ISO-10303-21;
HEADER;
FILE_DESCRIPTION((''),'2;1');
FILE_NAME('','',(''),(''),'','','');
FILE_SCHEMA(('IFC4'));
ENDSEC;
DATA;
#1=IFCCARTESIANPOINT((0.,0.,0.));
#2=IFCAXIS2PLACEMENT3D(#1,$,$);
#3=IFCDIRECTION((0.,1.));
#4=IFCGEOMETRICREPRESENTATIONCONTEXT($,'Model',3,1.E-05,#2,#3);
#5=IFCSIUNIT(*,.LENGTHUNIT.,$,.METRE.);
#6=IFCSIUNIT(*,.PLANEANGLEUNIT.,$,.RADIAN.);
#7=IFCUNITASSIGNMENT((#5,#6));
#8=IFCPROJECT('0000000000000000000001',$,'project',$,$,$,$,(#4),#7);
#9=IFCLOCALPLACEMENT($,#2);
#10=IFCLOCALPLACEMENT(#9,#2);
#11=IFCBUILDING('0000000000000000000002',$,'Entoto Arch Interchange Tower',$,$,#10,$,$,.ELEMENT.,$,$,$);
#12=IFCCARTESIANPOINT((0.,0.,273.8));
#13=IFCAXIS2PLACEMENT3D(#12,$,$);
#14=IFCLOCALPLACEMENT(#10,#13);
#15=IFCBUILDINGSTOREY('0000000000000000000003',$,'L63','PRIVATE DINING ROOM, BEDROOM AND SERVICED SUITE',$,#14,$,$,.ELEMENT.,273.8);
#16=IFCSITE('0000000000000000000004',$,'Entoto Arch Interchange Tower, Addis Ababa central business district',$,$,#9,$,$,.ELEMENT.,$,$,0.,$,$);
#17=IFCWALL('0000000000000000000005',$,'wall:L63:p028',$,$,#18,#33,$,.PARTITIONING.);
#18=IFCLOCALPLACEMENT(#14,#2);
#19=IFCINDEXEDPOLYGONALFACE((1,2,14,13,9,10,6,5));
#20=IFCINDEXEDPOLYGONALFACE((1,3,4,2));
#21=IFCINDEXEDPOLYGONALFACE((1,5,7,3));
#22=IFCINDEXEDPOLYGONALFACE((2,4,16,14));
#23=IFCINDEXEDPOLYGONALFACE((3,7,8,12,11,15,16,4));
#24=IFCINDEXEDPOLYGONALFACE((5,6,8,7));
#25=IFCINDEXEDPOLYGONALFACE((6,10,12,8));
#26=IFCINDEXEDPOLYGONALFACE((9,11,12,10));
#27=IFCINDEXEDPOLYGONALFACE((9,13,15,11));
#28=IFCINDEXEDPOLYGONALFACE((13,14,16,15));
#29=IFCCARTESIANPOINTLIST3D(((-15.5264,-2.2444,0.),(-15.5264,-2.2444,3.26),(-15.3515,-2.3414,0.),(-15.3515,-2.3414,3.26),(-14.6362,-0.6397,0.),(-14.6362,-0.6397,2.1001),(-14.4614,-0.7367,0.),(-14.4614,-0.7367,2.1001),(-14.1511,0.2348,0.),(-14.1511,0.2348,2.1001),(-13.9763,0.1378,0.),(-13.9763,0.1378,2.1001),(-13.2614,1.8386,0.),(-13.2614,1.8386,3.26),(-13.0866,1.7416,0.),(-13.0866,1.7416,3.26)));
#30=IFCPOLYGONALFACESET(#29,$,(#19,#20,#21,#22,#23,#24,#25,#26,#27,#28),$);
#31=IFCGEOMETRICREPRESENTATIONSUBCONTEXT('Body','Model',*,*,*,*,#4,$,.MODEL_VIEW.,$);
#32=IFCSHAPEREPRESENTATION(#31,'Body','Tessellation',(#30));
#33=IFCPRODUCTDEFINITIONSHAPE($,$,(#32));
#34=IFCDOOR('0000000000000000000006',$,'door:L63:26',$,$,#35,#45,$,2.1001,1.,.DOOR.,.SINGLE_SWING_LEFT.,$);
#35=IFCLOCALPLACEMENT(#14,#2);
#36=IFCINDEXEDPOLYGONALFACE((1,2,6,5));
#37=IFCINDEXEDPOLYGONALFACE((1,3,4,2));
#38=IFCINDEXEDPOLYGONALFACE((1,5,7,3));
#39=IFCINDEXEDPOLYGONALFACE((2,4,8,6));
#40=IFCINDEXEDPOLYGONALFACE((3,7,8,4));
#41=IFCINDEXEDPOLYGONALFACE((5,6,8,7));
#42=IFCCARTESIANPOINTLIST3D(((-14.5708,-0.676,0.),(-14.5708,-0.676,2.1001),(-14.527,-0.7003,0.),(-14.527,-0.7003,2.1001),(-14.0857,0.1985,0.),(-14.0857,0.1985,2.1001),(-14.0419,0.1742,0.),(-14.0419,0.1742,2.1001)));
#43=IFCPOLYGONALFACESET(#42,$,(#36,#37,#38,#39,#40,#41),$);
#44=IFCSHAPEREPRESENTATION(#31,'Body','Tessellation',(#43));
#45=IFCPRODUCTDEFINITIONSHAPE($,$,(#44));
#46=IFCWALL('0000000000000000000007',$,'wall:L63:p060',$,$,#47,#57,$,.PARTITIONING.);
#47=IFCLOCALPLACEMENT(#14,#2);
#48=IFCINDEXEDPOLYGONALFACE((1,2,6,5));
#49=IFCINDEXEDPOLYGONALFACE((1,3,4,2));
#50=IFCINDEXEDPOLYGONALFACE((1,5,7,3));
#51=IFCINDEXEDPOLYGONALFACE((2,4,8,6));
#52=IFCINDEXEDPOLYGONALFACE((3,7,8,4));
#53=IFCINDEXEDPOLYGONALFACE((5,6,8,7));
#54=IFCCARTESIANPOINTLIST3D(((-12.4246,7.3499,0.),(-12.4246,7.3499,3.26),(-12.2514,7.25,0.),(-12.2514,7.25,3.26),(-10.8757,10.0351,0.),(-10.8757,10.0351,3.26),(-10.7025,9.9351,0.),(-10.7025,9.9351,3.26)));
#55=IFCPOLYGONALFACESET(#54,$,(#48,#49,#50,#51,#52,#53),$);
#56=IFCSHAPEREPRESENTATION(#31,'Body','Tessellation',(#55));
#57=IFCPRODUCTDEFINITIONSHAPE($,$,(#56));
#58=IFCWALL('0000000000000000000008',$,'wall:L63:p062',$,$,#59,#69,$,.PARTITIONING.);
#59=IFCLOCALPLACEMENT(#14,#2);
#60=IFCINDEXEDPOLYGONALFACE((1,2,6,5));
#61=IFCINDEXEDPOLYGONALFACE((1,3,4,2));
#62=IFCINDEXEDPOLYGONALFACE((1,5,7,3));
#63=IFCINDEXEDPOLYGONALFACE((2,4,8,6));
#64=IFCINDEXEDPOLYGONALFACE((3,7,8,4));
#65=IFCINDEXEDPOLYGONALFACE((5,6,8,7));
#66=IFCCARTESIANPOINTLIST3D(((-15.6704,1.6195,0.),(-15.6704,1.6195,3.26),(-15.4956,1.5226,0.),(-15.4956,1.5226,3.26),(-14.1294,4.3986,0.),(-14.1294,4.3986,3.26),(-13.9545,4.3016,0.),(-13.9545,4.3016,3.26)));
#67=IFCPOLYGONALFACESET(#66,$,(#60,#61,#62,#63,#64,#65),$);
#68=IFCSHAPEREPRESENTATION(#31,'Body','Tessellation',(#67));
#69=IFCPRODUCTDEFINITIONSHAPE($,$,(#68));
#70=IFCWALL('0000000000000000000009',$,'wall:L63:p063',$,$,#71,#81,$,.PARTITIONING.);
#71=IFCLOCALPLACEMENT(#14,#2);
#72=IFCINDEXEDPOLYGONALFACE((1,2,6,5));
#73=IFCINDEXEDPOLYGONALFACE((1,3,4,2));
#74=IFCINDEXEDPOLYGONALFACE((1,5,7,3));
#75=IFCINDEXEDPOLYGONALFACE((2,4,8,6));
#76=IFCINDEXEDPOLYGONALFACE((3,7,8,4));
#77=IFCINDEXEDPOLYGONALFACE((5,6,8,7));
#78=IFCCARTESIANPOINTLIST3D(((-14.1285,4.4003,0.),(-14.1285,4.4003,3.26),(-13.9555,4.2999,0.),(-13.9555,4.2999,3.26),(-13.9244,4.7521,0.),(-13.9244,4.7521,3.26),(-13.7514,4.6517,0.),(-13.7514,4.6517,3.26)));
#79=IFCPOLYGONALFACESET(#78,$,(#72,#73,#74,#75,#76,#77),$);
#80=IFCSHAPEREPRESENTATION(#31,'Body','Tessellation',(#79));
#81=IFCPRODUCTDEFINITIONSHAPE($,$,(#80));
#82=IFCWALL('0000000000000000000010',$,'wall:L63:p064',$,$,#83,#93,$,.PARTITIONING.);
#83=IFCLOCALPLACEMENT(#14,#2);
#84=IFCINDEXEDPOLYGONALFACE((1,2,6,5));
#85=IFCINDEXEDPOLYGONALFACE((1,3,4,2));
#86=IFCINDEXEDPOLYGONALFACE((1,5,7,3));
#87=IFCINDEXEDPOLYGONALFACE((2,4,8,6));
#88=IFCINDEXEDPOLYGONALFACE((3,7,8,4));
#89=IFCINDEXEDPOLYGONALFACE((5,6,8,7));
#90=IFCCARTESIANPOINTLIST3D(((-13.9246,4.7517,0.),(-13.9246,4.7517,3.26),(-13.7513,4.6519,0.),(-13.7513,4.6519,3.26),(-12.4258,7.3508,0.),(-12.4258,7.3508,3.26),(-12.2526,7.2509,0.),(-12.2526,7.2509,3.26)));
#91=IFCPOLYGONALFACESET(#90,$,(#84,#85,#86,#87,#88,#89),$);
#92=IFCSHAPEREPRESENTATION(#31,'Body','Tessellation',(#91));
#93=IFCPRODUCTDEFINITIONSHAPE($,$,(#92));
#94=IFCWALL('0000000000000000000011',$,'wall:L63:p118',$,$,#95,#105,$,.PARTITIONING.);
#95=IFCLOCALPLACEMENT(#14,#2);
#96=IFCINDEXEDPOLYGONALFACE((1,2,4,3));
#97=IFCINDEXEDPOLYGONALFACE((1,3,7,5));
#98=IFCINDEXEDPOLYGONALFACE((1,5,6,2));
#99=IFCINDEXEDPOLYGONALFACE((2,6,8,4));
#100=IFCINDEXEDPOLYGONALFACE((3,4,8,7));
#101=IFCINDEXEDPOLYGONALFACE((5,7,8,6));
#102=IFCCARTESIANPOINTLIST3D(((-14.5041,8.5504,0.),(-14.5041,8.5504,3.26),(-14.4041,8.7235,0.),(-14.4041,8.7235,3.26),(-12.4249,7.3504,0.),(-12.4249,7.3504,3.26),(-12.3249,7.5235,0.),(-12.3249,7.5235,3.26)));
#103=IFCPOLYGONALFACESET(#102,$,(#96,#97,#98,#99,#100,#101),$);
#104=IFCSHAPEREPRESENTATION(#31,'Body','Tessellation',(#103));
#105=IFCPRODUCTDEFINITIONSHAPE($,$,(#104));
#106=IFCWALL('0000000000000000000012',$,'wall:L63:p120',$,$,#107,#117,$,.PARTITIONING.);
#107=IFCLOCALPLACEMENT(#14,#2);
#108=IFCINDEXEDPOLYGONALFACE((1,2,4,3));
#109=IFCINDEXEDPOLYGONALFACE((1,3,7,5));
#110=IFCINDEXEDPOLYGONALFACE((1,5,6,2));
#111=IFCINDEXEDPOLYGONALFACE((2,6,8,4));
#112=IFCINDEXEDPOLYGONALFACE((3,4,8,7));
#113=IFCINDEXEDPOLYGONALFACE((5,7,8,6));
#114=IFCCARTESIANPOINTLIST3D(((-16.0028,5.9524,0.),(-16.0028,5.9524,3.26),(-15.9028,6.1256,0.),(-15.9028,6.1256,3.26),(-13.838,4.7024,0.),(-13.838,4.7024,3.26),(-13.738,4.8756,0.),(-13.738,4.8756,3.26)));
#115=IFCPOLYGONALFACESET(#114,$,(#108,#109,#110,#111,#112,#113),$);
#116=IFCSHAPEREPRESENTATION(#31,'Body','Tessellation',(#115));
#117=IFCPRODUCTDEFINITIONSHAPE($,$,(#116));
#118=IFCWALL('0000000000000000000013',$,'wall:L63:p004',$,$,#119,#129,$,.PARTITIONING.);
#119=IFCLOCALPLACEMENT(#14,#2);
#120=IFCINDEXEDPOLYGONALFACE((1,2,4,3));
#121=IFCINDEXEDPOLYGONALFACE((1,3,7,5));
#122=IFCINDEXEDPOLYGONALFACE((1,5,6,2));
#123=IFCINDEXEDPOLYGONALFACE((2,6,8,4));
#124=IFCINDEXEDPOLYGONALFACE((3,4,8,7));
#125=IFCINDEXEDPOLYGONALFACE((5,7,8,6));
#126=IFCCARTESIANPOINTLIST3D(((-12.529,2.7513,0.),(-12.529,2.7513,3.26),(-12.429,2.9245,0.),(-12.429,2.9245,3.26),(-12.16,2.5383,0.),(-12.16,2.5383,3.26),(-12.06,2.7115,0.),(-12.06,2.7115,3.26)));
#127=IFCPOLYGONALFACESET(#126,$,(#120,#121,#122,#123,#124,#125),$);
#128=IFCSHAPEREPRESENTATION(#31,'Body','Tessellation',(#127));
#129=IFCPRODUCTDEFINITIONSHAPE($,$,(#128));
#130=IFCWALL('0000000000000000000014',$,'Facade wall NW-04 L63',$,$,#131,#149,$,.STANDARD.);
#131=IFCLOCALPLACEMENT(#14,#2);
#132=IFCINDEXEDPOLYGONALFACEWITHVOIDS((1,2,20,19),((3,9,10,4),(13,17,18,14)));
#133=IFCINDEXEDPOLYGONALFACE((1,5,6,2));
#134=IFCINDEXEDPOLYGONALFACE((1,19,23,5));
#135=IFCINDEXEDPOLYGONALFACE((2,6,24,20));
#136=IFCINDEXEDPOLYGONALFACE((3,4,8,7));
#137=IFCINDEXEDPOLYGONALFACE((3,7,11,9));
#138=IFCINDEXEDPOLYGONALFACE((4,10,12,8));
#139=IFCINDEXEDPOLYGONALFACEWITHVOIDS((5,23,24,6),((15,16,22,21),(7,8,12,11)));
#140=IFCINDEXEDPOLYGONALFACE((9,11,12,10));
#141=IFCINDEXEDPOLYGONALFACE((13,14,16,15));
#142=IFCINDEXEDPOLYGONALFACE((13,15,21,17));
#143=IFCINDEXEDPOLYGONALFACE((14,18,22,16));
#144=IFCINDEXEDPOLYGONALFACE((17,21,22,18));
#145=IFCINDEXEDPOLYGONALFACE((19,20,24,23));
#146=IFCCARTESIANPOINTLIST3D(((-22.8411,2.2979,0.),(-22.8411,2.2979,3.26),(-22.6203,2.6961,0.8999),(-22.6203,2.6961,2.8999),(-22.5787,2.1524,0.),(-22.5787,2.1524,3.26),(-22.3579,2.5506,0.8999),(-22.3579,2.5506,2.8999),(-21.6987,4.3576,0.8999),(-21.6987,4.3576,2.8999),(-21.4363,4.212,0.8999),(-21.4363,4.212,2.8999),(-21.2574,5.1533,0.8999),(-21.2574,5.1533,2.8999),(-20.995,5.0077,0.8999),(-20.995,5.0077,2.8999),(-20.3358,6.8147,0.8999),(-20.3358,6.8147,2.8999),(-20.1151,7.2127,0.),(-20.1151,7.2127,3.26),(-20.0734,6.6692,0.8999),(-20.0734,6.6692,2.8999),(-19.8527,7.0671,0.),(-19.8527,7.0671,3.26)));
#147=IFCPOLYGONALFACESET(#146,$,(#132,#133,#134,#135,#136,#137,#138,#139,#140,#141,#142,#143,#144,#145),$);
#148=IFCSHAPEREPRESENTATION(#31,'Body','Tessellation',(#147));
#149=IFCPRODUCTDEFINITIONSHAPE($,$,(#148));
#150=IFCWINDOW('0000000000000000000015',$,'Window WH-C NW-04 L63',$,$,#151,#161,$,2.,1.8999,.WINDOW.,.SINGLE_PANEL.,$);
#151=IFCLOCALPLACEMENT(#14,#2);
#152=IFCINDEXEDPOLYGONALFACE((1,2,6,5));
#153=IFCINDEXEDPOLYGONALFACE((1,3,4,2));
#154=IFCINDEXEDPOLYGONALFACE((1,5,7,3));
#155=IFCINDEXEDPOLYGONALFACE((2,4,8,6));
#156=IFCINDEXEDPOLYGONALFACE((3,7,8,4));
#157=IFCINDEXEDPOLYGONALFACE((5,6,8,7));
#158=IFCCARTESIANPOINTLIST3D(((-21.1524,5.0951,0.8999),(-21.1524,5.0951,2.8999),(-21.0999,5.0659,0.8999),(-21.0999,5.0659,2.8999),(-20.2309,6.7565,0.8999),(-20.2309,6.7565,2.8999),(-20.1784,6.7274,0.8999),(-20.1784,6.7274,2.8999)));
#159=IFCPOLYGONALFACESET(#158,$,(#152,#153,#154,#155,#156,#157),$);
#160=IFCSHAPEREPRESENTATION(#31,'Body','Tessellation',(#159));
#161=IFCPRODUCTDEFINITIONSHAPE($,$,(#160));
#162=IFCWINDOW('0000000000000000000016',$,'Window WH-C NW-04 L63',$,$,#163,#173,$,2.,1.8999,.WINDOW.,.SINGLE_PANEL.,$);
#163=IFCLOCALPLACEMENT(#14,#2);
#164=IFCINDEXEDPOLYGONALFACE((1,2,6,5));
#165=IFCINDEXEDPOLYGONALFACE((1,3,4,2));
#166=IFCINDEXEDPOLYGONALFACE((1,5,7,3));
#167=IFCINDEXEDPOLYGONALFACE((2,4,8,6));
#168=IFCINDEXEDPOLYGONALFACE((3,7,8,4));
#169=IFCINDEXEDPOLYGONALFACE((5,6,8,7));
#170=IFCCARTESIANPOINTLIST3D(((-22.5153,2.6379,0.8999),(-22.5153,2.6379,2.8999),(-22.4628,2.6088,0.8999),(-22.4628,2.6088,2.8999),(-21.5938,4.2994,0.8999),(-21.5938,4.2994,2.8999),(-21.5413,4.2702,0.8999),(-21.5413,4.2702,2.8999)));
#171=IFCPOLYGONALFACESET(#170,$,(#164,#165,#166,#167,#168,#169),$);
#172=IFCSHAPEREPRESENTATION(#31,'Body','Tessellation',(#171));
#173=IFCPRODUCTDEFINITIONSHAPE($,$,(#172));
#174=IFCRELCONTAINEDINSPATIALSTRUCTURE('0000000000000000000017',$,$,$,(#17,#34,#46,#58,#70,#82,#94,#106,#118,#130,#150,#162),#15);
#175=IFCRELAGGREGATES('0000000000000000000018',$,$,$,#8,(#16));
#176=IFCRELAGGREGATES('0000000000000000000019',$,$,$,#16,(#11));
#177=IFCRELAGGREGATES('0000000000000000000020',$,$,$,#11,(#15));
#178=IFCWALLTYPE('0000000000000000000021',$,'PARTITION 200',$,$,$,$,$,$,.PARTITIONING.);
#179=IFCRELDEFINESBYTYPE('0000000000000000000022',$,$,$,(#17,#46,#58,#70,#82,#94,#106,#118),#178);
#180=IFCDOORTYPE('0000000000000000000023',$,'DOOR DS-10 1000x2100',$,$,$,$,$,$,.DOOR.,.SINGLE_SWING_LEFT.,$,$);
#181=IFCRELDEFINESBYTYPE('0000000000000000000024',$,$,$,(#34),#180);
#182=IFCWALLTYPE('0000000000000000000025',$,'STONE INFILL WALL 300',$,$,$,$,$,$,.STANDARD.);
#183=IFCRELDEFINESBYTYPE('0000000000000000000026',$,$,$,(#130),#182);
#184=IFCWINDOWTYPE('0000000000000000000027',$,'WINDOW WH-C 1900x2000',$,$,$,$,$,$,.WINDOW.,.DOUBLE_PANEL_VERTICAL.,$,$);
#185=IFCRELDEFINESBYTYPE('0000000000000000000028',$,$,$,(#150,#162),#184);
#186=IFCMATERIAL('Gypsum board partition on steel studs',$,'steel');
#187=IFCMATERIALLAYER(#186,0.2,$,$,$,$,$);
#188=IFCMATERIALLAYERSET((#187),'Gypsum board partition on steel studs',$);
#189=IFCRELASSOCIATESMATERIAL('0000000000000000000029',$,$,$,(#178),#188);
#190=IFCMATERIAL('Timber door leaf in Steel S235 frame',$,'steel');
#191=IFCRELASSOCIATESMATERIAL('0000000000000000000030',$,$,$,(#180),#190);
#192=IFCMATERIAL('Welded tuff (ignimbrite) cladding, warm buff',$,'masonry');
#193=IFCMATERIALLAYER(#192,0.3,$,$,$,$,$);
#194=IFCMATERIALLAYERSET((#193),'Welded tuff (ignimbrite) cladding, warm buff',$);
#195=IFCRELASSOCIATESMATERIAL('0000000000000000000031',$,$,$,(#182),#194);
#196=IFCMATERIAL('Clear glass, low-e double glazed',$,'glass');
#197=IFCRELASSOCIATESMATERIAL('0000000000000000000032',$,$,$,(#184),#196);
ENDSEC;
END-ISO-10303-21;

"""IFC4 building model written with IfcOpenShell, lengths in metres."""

from ifc_helpers import new_model, si_unit, direction, frame, frame_2d, origin, place, context, subcontext, project, spatial, rectangle, extrude, material, layer, layer_set, type_object, element, fill, save


model = new_model("IFC4")

# Units and contexts
model_context = context("Model", 3, precision=1e-05, world=origin(), true_north=direction((0.0, 1.0)))
body_context = subcontext(model_context, "Body", "Model", "MODEL_VIEW")
ifc_project = project(units=[si_unit("LENGTHUNIT", "METRE"), si_unit("PLANEANGLEUNIT", "RADIAN")], contexts=[model_context])

# Site, building, storey
site_placement = place(None, origin())
site = spatial("IfcSite", under=ifc_project, at=site_placement, Name="Entoto Arch Interchange Tower, Addis Ababa central business district", CompositionType="ELEMENT", RefElevation=0.0)
building_placement = place(site_placement, origin())
building = spatial("IfcBuilding", under=site, at=building_placement, Name="Entoto Arch Interchange Tower", CompositionType="ELEMENT")
storey_placement = place(building_placement, frame((0.0, 0.0, 273.8)))
storey = spatial("IfcBuildingStorey", under=building, at=storey_placement, Name="L63", Description="PRIVATE DINING ROOM, BEDROOM AND SERVICED SUITE", CompositionType="ELEMENT", Elevation=273.8)

# Shared definitions
ifc_material_1 = material(Name="Gypsum board partition on steel studs", Category="steel")
ifc_layer_1 = layer(ifc_material_1, 0.2)
ifc_layer_set_1 = layer_set([ifc_layer_1], Name="Gypsum board partition on steel studs")
wall_type_1 = type_object("IfcWallType", Name="PARTITION 200", PredefinedType="PARTITIONING", material=ifc_layer_set_1)

# Wall, opening, door
ifc_material_2 = material(Name="Timber door leaf in Steel S235 frame", Category="steel")
door_type_1 = type_object("IfcDoorType", Name="DOOR DS-10 1000x2100", OperationType="SINGLE_SWING_LEFT", PredefinedType="DOOR", material=ifc_material_2)
wall_1_placement = place(storey_placement, frame((-13.1741, 1.79, 0.0), z_axis=(0.0, 0.0, 1.0), x_axis=(-0.485079, -0.87447, 0.0)))
wall_1 = element("IfcWall", 1, at=wall_1_placement, inside=storey, type_object=wall_type_1, Name="wall:L63:p028", PredefinedType="PARTITIONING", context=body_context, shape_type="SweptSolid", body=[
    extrude(rectangle(XDim=4.6692, YDim=0.2, at=frame_2d((2.3345, 0.0))), origin(), (0.0, 0.0, 1.0), 3.26),
])
opening_1_placement = place(wall_1_placement, frame((1.834, 0.0, 0.0)))
opening_1 = element("IfcOpeningElement", 2, at=opening_1_placement, cuts=wall_1, PredefinedType="OPENING", context=body_context, shape_type="SweptSolid", body=[
    extrude(rectangle(XDim=1.0, YDim=2.1001, at=frame_2d((0.5, 1.05))), frame((0.0, 0.1099, 0.0), z_axis=(0.0, -1.0, 0.0), x_axis=(1.0, 0.0, 0.0)), (0.0, 0.0, 1.0), 0.22),
])
door_1_placement = place(opening_1_placement, origin())
door_1 = element("IfcDoor", 3, at=door_1_placement, inside=storey, type_object=door_type_1, Name="door:L63:26", OperationType="SINGLE_SWING_LEFT", OverallHeight=2.1001, OverallWidth=1.0, PredefinedType="DOOR", context=body_context, shape_type="SweptSolid", body=[
    extrude(rectangle(XDim=1.0, YDim=2.1001, at=frame_2d((0.5, 1.05))), frame((0.0, 0.0249, 0.0), z_axis=(0.0, -1.0, 0.0), x_axis=(1.0, 0.0, 0.0)), (0.0, 0.0, 1.0), 0.05),
])
fill(opening_1, door_1)

# Walls
wall_2_placement = place(storey_placement, frame((-12.3379, 7.3, 0.0), z_axis=(0.0, 0.0, 1.0), x_axis=(0.499663, 0.86622, 0.0)))
element("IfcWall", 4, at=wall_2_placement, inside=storey, type_object=wall_type_1, Name="wall:L63:p060", PredefinedType="PARTITIONING", context=body_context, shape_type="SweptSolid", body=[
    extrude(rectangle(XDim=3.0999, YDim=0.2, at=frame_2d((1.5498, 0.0))), origin(), (0.0, 0.0, 1.0), 3.26),
])
wall_3_placement = place(storey_placement, frame((-15.583, 1.571, 0.0), z_axis=(0.0, 0.0, 1.0), x_axis=(0.484945, 0.874545, 0.0)))
element("IfcWall", 5, at=wall_3_placement, inside=storey, type_object=wall_type_1, Name="wall:L63:p062", PredefinedType="PARTITIONING", context=body_context, shape_type="SweptSolid", body=[
    extrude(rectangle(XDim=3.1777, YDim=0.2, at=frame_2d((1.5889, 0.0))), origin(), (0.0, 0.0, 1.0), 3.26),
])
wall_4_placement = place(storey_placement, frame((-14.042, 4.3501, 0.0), z_axis=(0.0, 0.0, 1.0), x_axis=(0.501817, 0.864974, 0.0)))
element("IfcWall", 6, at=wall_4_placement, inside=storey, type_object=wall_type_1, Name="wall:L63:p063", PredefinedType="PARTITIONING", context=body_context, shape_type="SweptSolid", body=[
    extrude(rectangle(XDim=0.4067, YDim=0.2, at=frame_2d((0.2034, 0.0))), origin(), (0.0, 0.0, 1.0), 3.26),
])
wall_5_placement = place(storey_placement, frame((-13.8379, 4.7019, 0.0), z_axis=(0.0, 0.0, 1.0), x_axis=(0.499544, 0.866289, 0.0)))
element("IfcWall", 7, at=wall_5_placement, inside=storey, type_object=wall_type_1, Name="wall:L63:p064", PredefinedType="PARTITIONING", context=body_context, shape_type="SweptSolid", body=[
    extrude(rectangle(XDim=3.0002, YDim=0.2, at=frame_2d((1.5, 0.0))), origin(), (0.0, 0.0, 1.0), 3.26),
])
wall_6_placement = place(storey_placement, frame((-12.375, 7.437, 0.0), z_axis=(0.0, 0.0, 1.0), x_axis=(-0.866101, 0.499869, 0.0)))
element("IfcWall", 8, at=wall_6_placement, inside=storey, type_object=wall_type_1, Name="wall:L63:p118", PredefinedType="PARTITIONING", context=body_context, shape_type="SweptSolid", body=[
    extrude(rectangle(XDim=2.4006, YDim=0.2, at=frame_2d((1.2002, 0.0))), origin(), (0.0, 0.0, 1.0), 3.26),
])
wall_7_placement = place(storey_placement, frame((-15.9529, 6.0391, 0.0), z_axis=(0.0, 0.0, 1.0), x_axis=(0.865999, -0.500047, 0.0)))
element("IfcWall", 9, at=wall_7_placement, inside=storey, type_object=wall_type_1, Name="wall:L63:p120", PredefinedType="PARTITIONING", context=body_context, shape_type="SweptSolid", body=[
    extrude(rectangle(XDim=2.4998, YDim=0.2, at=frame_2d((1.25, 0.0))), origin(), (0.0, 0.0, 1.0), 3.26),
])
wall_8_placement = place(storey_placement, frame((-12.1101, 2.625, 0.0), z_axis=(0.0, 0.0, 1.0), x_axis=(-0.866119, 0.499838, 0.0)))
element("IfcWall", 10, at=wall_8_placement, inside=storey, type_object=wall_type_1, Name="wall:L63:p004", PredefinedType="PARTITIONING", context=body_context, shape_type="SweptSolid", body=[
    extrude(rectangle(XDim=0.426, YDim=0.2, at=frame_2d((0.2129, 0.0))), origin(), (0.0, 0.0, 1.0), 3.26),
])

# Wall, openings, windows
ifc_material_3 = material(Name="Welded tuff (ignimbrite) cladding, warm buff", Category="masonry")
ifc_layer_2 = layer(ifc_material_3, 0.3)
ifc_layer_set_2 = layer_set([ifc_layer_2], Name="Welded tuff (ignimbrite) cladding, warm buff")
wall_type_2 = type_object("IfcWallType", Name="STONE INFILL WALL 300", PredefinedType="STANDARD", material=ifc_layer_set_2)
wall_9_placement = place(storey_placement, frame((-19.9839, 7.1399, 0.0), z_axis=(0.0, 0.0, 1.0), x_axis=(-0.485049, -0.874487, 0.0)))
wall_9 = element("IfcWall", 11, at=wall_9_placement, inside=storey, type_object=wall_type_2, Name="Facade wall NW-04 L63", PredefinedType="STANDARD", context=body_context, shape_type="SweptSolid", body=[
    extrude(rectangle(XDim=5.6201, YDim=0.3, at=frame_2d((2.8101, 0.0))), origin(), (0.0, 0.0, 1.0), 3.26),
])
opening_2_placement = place(wall_9_placement, frame((0.4551, 0.0, 0.8999)))
opening_2 = element("IfcOpeningElement", 12, at=opening_2_placement, cuts=wall_9, PredefinedType="OPENING", context=body_context, shape_type="SweptSolid", body=[
    extrude(rectangle(XDim=1.8999, YDim=2.0, at=frame_2d((0.95, 1.0))), frame((0.0, 0.1602, 0.0), z_axis=(0.0, -1.0, 0.0), x_axis=(1.0, 0.0, 0.0)), (0.0, 0.0, 1.0), 0.3201),
])
opening_3_placement = place(wall_9_placement, frame((3.2649, 0.0, 0.8999)))
opening_3 = element("IfcOpeningElement", 13, at=opening_3_placement, cuts=wall_9, PredefinedType="OPENING", context=body_context, shape_type="SweptSolid", body=[
    extrude(rectangle(XDim=1.8999, YDim=2.0, at=frame_2d((0.95, 1.0))), frame((0.0, 0.1602, 0.0), z_axis=(0.0, -1.0, 0.0), x_axis=(1.0, 0.0, 0.0)), (0.0, 0.0, 1.0), 0.3201),
])
ifc_material_4 = material(Name="Clear glass, low-e double glazed", Category="glass")
window_type = type_object("IfcWindowType", Name="WINDOW WH-C 1900x2000", PartitioningType="DOUBLE_PANEL_VERTICAL", PredefinedType="WINDOW", material=ifc_material_4)
window_1_placement = place(opening_2_placement, origin())
window_1 = element("IfcWindow", 14, at=window_1_placement, inside=storey, type_object=window_type, Name="Window WH-C NW-04 L63", OverallHeight=2.0, OverallWidth=1.8999, PartitioningType="SINGLE_PANEL", PredefinedType="WINDOW", context=body_context, shape_type="SweptSolid", body=[
    extrude(rectangle(XDim=1.8999, YDim=2.0, at=frame_2d((0.95, 1.0))), frame((0.0, 0.03, 0.0), z_axis=(0.0, -1.0, 0.0), x_axis=(1.0, 0.0, 0.0)), (0.0, 0.0, 1.0), 0.0601),
])
fill(opening_2, window_1)
window_2_placement = place(opening_3_placement, origin())
window_2 = element("IfcWindow", 15, at=window_2_placement, inside=storey, type_object=window_type, Name="Window WH-C NW-04 L63", OverallHeight=2.0, OverallWidth=1.8999, PartitioningType="SINGLE_PANEL", PredefinedType="WINDOW", context=body_context, shape_type="SweptSolid", body=[
    extrude(rectangle(XDim=1.8999, YDim=2.0, at=frame_2d((0.95, 1.0))), frame((0.0, 0.03, 0.0), z_axis=(0.0, -1.0, 0.0), x_axis=(1.0, 0.0, 0.0)), (0.0, 0.0, 1.0), 0.0601),
])
fill(opening_3, window_2)

save(model, "model.ifc")
